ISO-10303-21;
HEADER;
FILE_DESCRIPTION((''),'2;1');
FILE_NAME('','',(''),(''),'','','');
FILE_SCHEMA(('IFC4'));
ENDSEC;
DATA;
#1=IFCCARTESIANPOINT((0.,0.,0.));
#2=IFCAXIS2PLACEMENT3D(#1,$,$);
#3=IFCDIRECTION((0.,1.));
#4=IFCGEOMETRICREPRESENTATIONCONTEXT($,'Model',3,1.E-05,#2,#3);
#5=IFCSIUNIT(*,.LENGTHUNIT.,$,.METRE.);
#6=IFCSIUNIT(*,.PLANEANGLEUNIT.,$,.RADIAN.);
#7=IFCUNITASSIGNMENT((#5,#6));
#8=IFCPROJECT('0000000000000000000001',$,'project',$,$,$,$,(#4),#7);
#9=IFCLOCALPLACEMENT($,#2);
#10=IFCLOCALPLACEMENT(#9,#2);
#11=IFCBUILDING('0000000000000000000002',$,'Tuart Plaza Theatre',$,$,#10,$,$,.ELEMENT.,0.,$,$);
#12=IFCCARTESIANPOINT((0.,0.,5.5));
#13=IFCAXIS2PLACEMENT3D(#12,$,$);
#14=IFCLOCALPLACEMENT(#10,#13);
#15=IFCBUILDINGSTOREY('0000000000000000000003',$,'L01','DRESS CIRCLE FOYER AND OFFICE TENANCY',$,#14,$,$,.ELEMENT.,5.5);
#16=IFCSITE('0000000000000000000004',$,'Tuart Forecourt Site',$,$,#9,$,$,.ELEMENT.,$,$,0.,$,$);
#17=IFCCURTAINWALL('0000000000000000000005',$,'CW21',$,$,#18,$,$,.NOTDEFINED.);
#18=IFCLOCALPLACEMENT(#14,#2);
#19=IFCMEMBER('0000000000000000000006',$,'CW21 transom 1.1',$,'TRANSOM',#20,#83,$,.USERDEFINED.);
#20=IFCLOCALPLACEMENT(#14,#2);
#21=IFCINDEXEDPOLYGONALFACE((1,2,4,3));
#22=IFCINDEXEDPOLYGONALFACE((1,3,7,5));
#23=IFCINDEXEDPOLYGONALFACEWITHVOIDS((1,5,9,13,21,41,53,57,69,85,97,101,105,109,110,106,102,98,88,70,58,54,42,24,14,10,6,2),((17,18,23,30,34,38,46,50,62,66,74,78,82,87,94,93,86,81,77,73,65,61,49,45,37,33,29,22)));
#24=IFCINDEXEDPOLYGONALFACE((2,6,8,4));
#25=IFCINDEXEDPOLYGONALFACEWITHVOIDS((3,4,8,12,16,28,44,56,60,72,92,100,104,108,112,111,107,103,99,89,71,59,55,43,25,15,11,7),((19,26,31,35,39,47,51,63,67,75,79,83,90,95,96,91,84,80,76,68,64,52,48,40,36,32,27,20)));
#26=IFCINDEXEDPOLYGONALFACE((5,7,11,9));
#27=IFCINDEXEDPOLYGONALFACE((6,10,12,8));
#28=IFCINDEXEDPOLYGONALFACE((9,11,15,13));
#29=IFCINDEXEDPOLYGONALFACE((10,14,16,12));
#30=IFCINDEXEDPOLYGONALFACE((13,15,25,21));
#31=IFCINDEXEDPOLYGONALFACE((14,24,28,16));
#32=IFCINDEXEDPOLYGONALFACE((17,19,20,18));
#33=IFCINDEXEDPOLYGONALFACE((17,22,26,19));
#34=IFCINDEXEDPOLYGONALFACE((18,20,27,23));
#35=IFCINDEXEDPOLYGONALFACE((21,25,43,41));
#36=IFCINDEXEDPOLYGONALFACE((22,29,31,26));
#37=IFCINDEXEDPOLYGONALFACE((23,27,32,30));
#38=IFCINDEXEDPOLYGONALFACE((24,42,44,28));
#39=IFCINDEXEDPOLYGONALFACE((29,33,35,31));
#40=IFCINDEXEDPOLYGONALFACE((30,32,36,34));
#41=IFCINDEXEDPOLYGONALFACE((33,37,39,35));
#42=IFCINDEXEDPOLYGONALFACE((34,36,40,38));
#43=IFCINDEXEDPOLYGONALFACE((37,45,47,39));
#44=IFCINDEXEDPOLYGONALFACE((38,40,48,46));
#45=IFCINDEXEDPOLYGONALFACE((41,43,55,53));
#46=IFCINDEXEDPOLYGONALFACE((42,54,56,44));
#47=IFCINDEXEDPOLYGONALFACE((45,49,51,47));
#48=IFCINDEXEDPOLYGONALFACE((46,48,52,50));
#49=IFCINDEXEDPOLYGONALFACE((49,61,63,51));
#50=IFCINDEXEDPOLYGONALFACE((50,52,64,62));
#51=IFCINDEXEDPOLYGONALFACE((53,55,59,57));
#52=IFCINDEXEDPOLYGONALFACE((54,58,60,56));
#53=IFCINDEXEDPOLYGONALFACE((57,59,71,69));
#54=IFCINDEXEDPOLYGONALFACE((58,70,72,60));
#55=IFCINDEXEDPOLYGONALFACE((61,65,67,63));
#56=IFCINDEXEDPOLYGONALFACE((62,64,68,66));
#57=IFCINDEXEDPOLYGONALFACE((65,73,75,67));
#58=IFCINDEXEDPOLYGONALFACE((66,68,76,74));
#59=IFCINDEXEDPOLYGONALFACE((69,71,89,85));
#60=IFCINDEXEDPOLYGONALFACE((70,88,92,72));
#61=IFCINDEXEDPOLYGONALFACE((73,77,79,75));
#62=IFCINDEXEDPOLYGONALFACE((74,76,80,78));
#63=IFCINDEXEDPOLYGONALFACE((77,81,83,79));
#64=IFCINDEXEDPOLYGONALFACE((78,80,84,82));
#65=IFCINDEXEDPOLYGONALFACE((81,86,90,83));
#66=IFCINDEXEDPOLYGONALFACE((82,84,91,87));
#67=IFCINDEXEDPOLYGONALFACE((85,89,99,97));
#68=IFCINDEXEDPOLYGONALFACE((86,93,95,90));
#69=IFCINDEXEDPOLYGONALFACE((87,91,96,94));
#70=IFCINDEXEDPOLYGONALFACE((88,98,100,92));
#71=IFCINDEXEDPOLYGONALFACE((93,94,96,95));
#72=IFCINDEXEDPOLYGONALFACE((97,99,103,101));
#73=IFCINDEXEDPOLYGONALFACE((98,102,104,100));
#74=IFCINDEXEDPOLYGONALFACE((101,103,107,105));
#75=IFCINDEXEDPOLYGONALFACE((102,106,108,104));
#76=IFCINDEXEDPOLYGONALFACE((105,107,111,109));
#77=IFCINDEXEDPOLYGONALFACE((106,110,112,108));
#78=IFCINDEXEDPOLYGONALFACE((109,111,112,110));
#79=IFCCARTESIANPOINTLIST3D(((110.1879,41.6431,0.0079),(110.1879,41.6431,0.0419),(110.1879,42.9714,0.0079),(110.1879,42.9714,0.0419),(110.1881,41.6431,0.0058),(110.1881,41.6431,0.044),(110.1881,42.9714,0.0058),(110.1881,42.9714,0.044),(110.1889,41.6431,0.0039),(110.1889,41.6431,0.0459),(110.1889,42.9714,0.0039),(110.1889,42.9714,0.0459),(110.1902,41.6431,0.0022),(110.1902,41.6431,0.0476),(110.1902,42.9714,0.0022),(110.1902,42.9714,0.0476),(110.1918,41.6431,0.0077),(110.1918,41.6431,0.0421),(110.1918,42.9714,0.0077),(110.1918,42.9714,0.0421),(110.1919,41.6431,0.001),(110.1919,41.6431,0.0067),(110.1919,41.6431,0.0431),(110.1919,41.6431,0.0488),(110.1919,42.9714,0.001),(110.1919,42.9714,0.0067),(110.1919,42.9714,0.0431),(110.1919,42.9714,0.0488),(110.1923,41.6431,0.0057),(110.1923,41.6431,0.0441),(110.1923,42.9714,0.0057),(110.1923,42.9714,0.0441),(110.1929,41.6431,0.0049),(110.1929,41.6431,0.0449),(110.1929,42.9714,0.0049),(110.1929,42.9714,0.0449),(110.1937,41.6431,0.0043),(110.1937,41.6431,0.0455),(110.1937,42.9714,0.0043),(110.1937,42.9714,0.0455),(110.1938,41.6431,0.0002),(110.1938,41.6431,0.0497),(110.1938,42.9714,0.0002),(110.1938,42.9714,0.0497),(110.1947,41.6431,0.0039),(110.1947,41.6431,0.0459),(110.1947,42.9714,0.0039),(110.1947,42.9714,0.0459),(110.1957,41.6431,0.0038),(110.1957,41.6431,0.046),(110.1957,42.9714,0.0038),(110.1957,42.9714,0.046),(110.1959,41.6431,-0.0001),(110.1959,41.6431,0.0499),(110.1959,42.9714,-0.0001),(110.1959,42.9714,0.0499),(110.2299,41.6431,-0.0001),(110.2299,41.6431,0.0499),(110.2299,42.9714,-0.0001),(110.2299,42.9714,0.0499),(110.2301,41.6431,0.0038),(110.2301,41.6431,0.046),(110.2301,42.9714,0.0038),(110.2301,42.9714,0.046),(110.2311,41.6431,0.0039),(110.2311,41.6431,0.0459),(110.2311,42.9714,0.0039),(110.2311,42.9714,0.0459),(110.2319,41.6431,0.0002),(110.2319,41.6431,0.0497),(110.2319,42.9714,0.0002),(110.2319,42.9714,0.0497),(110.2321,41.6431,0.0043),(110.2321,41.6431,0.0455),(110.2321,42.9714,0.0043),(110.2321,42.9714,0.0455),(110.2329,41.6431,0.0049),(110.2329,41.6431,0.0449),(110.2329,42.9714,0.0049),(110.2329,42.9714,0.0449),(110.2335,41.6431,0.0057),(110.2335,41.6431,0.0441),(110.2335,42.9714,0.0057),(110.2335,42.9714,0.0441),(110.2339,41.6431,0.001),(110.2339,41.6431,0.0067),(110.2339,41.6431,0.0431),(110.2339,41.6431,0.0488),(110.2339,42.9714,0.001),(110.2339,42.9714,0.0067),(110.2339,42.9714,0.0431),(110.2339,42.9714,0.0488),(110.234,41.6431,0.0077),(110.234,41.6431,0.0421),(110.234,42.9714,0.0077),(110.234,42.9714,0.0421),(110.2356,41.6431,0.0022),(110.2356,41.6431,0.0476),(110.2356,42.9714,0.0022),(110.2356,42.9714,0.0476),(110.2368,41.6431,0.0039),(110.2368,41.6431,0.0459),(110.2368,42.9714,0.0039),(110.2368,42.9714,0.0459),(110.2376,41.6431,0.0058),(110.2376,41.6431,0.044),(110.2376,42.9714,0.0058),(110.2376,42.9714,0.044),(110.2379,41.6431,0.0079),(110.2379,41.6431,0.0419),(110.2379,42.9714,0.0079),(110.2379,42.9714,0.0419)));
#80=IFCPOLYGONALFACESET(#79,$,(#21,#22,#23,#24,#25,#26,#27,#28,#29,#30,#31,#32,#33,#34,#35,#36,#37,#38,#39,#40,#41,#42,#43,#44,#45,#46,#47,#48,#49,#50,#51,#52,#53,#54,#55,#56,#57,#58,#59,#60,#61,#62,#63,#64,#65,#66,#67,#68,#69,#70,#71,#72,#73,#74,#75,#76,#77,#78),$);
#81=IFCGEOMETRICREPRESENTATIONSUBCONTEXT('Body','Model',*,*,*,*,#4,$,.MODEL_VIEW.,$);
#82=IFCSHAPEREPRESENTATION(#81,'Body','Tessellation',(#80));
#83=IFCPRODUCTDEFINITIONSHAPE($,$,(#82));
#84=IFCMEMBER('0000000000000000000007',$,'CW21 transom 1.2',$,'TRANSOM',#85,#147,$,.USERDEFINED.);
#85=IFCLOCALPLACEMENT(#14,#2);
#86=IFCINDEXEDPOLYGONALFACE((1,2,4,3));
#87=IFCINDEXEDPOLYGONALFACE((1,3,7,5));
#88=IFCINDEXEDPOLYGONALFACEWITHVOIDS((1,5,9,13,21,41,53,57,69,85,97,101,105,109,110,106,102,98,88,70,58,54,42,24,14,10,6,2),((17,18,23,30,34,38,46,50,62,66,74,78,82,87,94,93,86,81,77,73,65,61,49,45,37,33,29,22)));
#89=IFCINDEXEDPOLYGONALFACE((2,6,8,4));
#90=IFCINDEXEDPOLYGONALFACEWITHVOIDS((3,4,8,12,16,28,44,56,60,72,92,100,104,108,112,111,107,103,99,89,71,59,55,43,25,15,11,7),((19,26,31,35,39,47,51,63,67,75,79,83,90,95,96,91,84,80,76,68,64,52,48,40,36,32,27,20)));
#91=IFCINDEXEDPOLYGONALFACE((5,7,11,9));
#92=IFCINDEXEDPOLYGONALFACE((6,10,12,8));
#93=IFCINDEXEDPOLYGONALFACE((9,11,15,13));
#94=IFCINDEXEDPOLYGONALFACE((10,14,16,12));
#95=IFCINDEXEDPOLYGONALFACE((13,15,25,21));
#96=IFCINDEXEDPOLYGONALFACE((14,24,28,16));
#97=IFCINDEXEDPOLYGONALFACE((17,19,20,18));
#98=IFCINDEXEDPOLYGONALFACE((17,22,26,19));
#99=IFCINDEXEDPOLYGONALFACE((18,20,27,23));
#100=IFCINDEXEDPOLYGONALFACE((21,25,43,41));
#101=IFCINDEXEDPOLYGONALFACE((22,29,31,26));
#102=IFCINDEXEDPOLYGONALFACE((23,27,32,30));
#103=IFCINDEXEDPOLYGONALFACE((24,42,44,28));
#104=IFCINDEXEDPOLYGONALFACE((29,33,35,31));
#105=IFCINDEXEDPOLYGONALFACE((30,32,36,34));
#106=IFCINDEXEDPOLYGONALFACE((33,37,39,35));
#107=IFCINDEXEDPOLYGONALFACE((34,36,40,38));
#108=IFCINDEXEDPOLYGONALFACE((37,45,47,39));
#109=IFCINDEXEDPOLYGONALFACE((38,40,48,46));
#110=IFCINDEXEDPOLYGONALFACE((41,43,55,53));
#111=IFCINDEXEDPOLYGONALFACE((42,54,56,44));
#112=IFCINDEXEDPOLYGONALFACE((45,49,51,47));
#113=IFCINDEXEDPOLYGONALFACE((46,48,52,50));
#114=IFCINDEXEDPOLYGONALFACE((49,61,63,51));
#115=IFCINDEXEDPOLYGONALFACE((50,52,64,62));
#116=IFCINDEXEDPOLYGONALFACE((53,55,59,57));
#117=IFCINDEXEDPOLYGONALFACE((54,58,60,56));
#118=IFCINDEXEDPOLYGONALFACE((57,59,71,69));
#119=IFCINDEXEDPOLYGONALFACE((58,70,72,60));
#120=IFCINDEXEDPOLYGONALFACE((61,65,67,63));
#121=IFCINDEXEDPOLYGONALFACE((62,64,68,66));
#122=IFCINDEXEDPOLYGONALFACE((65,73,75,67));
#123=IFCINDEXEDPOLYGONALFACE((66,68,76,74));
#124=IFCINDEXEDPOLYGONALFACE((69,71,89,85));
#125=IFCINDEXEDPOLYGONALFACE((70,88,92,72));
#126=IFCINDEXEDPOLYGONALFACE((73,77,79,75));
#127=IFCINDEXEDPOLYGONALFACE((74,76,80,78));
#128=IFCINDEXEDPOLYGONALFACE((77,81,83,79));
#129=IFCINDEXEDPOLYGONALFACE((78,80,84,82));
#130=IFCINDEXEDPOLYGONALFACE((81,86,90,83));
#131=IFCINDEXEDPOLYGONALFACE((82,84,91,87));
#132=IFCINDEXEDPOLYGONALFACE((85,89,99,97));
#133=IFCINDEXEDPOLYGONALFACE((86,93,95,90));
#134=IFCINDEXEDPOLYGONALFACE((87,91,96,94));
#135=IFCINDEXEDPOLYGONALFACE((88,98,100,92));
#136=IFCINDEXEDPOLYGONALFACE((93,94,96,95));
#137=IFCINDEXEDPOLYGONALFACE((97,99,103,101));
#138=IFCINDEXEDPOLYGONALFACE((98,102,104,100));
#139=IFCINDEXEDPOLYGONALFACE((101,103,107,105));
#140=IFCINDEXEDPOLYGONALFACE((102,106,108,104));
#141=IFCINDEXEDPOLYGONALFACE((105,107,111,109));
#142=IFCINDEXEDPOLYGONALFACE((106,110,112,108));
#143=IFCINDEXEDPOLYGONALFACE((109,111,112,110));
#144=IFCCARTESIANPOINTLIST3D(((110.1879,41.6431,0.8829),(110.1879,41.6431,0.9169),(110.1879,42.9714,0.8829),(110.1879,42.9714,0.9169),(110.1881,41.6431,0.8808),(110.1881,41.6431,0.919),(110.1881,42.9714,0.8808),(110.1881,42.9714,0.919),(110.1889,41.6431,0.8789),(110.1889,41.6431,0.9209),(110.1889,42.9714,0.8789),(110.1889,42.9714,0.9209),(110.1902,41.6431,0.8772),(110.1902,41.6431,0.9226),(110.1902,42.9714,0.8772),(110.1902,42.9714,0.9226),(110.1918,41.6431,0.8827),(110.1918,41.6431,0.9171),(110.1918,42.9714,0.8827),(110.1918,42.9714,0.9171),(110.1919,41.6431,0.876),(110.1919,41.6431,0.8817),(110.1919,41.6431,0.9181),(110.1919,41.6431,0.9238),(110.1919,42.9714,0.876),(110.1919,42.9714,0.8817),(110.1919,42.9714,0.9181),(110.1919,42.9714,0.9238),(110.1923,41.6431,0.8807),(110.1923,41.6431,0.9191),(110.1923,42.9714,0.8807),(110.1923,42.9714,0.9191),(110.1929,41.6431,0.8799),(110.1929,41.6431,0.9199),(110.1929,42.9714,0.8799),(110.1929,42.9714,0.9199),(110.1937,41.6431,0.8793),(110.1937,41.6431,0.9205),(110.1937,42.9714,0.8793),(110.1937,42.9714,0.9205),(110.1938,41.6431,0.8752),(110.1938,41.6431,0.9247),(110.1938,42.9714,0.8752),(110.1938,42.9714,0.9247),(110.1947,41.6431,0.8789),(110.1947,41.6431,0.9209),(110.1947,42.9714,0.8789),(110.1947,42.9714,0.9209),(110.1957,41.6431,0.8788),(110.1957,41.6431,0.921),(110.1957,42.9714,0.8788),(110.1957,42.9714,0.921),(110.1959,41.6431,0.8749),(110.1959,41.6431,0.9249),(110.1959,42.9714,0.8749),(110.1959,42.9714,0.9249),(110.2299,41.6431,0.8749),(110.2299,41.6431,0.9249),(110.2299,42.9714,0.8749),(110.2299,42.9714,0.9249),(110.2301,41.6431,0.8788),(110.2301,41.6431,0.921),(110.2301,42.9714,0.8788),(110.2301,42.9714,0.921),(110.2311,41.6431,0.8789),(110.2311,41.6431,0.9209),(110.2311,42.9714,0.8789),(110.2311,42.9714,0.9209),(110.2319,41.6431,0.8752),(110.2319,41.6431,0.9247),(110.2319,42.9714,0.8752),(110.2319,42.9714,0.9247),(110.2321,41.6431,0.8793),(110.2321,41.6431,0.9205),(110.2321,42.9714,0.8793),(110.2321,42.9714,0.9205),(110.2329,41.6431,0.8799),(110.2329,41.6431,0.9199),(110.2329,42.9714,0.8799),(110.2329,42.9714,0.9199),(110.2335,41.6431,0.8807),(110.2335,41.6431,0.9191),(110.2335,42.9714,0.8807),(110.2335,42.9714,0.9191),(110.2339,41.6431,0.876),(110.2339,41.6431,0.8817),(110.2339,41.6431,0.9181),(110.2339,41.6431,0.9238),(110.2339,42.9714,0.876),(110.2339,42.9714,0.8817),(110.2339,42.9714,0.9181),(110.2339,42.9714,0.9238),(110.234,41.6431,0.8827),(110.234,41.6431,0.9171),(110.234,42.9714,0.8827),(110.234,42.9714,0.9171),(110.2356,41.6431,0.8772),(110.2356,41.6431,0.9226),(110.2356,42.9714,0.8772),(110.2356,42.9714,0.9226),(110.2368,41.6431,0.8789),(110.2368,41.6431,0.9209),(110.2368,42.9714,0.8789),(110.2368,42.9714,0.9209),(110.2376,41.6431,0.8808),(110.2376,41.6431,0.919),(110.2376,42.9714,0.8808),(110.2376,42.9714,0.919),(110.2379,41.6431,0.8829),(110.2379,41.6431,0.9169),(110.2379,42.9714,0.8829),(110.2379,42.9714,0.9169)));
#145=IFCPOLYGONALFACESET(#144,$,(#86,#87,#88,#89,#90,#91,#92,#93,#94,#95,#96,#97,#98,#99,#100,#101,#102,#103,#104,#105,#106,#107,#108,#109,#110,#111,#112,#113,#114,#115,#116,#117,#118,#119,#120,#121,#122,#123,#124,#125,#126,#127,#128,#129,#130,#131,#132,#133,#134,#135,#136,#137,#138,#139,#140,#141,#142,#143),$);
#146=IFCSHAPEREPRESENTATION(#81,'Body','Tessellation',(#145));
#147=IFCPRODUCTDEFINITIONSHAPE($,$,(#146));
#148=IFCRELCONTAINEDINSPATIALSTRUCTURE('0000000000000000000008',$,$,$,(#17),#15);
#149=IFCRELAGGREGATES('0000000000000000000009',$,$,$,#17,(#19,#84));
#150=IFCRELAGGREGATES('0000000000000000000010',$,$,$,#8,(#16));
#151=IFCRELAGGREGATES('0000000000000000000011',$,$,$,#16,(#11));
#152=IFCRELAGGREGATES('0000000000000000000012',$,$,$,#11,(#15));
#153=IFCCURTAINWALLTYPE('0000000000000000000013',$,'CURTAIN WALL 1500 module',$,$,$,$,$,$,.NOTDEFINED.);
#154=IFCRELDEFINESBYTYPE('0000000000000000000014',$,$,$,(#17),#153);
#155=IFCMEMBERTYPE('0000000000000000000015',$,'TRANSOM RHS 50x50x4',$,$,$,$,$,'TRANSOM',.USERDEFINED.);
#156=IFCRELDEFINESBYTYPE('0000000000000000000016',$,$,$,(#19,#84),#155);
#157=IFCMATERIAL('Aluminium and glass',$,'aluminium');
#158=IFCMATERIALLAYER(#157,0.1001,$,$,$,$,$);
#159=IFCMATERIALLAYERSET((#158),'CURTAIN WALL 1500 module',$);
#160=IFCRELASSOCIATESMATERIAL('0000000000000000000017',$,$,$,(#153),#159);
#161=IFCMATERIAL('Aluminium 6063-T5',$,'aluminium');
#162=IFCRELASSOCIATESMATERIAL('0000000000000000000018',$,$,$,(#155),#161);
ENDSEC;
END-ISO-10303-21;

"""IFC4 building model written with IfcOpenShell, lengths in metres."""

from ifc_helpers import new_model, si_unit, direction, frame, origin, origin_2d, place, context, subcontext, project, spatial, hollow_rectangle, extrude, material, layer, layer_set, material_profile, profile_set, type_object, element, aggregate, save


model = new_model("IFC4")

# Units and contexts
model_context = context("Model", 3, precision=1e-05, world=origin(), true_north=direction((0.0, 1.0)))
body_context = subcontext(model_context, "Body", "Model", "MODEL_VIEW")
ifc_project = project(units=[si_unit("LENGTHUNIT", "METRE"), si_unit("PLANEANGLEUNIT", "RADIAN")], contexts=[model_context])

# Site, building, storey
site_placement = place(None, origin())
site = spatial("IfcSite", under=ifc_project, at=site_placement, Name="Tuart Forecourt Site", CompositionType="ELEMENT", RefElevation=0.0)
building_placement = place(site_placement, origin())
building = spatial("IfcBuilding", under=site, at=building_placement, Name="Tuart Plaza Theatre", CompositionType="ELEMENT", ElevationOfRefHeight=0.0)
storey_placement = place(building_placement, frame((0.0, 0.0, 5.5)))
storey = spatial("IfcBuildingStorey", under=building, at=storey_placement, Name="L01", Description="DRESS CIRCLE FOYER AND OFFICE TENANCY", CompositionType="ELEMENT", Elevation=5.5)

# Shared definitions
ifc_material_1 = material(Name="Aluminium and glass", Category="aluminium")
ifc_layer_1 = layer(ifc_material_1, 0.1001)
ifc_layer_set_1 = layer_set([ifc_layer_1], Name="CURTAIN WALL 1500 module")
curtain_wall_type = type_object("IfcCurtainWallType", Name="CURTAIN WALL 1500 module", PredefinedType="NOTDEFINED", material=ifc_layer_set_1)

# Curtain wall
curtain_wall_1_placement = place(storey_placement, origin())
curtain_wall_1 = element("IfcCurtainWall", 1, at=curtain_wall_1_placement, inside=storey, type_object=curtain_wall_type, Name="CW21", PredefinedType="NOTDEFINED")

# Members
ifc_material_2 = material(Name="Aluminium 6063-T5", Category="aluminium")
ifc_material_profile_1 = material_profile(ifc_material_2, hollow_rectangle(XDim=0.05, YDim=0.05, WallThickness=0.0039, InnerFilletRadius=0.0039, OuterFilletRadius=0.0081, at=origin_2d()), Name="RHS 50x50x4")
ifc_profile_set_1 = profile_set([ifc_material_profile_1], Name="Aluminium 6063-T5")
member_type_1 = type_object("IfcMemberType", Name="TRANSOM RHS 50x50x4", ElementType="TRANSOM", PredefinedType="USERDEFINED", material=ifc_profile_set_1)
member_1_placement = place(storey_placement, frame((110.2129, 41.6431, 0.0249), z_axis=(0.0, 1.0, 0.0), x_axis=(-1.0, 0.0, 0.0)))
member_1 = element("IfcMember", 2, at=member_1_placement, type_object=member_type_1, Name="CW21 transom 1.1", ObjectType="TRANSOM", PredefinedType="USERDEFINED", context=body_context, shape_type="SweptSolid", body=[
    extrude(hollow_rectangle(XDim=0.05, YDim=0.05, WallThickness=0.0039, InnerFilletRadius=0.0039, OuterFilletRadius=0.0081, at=origin_2d()), origin(), (0.0, 0.0, 1.0), 1.3284),
])
member_2_placement = place(storey_placement, frame((110.2129, 41.6431, 0.8999), z_axis=(0.0, 1.0, 0.0), x_axis=(-1.0, 0.0, 0.0)))
member_2 = element("IfcMember", 3, at=member_2_placement, type_object=member_type_1, Name="CW21 transom 1.2", ObjectType="TRANSOM", PredefinedType="USERDEFINED", context=body_context, shape_type="SweptSolid", body=[
    extrude(hollow_rectangle(XDim=0.05, YDim=0.05, WallThickness=0.0039, InnerFilletRadius=0.0039, OuterFilletRadius=0.0081, at=origin_2d()), origin(), (0.0, 0.0, 1.0), 1.3284),
])
aggregate(curtain_wall_1, [member_1, member_2])

save(model, "model.ifc")
